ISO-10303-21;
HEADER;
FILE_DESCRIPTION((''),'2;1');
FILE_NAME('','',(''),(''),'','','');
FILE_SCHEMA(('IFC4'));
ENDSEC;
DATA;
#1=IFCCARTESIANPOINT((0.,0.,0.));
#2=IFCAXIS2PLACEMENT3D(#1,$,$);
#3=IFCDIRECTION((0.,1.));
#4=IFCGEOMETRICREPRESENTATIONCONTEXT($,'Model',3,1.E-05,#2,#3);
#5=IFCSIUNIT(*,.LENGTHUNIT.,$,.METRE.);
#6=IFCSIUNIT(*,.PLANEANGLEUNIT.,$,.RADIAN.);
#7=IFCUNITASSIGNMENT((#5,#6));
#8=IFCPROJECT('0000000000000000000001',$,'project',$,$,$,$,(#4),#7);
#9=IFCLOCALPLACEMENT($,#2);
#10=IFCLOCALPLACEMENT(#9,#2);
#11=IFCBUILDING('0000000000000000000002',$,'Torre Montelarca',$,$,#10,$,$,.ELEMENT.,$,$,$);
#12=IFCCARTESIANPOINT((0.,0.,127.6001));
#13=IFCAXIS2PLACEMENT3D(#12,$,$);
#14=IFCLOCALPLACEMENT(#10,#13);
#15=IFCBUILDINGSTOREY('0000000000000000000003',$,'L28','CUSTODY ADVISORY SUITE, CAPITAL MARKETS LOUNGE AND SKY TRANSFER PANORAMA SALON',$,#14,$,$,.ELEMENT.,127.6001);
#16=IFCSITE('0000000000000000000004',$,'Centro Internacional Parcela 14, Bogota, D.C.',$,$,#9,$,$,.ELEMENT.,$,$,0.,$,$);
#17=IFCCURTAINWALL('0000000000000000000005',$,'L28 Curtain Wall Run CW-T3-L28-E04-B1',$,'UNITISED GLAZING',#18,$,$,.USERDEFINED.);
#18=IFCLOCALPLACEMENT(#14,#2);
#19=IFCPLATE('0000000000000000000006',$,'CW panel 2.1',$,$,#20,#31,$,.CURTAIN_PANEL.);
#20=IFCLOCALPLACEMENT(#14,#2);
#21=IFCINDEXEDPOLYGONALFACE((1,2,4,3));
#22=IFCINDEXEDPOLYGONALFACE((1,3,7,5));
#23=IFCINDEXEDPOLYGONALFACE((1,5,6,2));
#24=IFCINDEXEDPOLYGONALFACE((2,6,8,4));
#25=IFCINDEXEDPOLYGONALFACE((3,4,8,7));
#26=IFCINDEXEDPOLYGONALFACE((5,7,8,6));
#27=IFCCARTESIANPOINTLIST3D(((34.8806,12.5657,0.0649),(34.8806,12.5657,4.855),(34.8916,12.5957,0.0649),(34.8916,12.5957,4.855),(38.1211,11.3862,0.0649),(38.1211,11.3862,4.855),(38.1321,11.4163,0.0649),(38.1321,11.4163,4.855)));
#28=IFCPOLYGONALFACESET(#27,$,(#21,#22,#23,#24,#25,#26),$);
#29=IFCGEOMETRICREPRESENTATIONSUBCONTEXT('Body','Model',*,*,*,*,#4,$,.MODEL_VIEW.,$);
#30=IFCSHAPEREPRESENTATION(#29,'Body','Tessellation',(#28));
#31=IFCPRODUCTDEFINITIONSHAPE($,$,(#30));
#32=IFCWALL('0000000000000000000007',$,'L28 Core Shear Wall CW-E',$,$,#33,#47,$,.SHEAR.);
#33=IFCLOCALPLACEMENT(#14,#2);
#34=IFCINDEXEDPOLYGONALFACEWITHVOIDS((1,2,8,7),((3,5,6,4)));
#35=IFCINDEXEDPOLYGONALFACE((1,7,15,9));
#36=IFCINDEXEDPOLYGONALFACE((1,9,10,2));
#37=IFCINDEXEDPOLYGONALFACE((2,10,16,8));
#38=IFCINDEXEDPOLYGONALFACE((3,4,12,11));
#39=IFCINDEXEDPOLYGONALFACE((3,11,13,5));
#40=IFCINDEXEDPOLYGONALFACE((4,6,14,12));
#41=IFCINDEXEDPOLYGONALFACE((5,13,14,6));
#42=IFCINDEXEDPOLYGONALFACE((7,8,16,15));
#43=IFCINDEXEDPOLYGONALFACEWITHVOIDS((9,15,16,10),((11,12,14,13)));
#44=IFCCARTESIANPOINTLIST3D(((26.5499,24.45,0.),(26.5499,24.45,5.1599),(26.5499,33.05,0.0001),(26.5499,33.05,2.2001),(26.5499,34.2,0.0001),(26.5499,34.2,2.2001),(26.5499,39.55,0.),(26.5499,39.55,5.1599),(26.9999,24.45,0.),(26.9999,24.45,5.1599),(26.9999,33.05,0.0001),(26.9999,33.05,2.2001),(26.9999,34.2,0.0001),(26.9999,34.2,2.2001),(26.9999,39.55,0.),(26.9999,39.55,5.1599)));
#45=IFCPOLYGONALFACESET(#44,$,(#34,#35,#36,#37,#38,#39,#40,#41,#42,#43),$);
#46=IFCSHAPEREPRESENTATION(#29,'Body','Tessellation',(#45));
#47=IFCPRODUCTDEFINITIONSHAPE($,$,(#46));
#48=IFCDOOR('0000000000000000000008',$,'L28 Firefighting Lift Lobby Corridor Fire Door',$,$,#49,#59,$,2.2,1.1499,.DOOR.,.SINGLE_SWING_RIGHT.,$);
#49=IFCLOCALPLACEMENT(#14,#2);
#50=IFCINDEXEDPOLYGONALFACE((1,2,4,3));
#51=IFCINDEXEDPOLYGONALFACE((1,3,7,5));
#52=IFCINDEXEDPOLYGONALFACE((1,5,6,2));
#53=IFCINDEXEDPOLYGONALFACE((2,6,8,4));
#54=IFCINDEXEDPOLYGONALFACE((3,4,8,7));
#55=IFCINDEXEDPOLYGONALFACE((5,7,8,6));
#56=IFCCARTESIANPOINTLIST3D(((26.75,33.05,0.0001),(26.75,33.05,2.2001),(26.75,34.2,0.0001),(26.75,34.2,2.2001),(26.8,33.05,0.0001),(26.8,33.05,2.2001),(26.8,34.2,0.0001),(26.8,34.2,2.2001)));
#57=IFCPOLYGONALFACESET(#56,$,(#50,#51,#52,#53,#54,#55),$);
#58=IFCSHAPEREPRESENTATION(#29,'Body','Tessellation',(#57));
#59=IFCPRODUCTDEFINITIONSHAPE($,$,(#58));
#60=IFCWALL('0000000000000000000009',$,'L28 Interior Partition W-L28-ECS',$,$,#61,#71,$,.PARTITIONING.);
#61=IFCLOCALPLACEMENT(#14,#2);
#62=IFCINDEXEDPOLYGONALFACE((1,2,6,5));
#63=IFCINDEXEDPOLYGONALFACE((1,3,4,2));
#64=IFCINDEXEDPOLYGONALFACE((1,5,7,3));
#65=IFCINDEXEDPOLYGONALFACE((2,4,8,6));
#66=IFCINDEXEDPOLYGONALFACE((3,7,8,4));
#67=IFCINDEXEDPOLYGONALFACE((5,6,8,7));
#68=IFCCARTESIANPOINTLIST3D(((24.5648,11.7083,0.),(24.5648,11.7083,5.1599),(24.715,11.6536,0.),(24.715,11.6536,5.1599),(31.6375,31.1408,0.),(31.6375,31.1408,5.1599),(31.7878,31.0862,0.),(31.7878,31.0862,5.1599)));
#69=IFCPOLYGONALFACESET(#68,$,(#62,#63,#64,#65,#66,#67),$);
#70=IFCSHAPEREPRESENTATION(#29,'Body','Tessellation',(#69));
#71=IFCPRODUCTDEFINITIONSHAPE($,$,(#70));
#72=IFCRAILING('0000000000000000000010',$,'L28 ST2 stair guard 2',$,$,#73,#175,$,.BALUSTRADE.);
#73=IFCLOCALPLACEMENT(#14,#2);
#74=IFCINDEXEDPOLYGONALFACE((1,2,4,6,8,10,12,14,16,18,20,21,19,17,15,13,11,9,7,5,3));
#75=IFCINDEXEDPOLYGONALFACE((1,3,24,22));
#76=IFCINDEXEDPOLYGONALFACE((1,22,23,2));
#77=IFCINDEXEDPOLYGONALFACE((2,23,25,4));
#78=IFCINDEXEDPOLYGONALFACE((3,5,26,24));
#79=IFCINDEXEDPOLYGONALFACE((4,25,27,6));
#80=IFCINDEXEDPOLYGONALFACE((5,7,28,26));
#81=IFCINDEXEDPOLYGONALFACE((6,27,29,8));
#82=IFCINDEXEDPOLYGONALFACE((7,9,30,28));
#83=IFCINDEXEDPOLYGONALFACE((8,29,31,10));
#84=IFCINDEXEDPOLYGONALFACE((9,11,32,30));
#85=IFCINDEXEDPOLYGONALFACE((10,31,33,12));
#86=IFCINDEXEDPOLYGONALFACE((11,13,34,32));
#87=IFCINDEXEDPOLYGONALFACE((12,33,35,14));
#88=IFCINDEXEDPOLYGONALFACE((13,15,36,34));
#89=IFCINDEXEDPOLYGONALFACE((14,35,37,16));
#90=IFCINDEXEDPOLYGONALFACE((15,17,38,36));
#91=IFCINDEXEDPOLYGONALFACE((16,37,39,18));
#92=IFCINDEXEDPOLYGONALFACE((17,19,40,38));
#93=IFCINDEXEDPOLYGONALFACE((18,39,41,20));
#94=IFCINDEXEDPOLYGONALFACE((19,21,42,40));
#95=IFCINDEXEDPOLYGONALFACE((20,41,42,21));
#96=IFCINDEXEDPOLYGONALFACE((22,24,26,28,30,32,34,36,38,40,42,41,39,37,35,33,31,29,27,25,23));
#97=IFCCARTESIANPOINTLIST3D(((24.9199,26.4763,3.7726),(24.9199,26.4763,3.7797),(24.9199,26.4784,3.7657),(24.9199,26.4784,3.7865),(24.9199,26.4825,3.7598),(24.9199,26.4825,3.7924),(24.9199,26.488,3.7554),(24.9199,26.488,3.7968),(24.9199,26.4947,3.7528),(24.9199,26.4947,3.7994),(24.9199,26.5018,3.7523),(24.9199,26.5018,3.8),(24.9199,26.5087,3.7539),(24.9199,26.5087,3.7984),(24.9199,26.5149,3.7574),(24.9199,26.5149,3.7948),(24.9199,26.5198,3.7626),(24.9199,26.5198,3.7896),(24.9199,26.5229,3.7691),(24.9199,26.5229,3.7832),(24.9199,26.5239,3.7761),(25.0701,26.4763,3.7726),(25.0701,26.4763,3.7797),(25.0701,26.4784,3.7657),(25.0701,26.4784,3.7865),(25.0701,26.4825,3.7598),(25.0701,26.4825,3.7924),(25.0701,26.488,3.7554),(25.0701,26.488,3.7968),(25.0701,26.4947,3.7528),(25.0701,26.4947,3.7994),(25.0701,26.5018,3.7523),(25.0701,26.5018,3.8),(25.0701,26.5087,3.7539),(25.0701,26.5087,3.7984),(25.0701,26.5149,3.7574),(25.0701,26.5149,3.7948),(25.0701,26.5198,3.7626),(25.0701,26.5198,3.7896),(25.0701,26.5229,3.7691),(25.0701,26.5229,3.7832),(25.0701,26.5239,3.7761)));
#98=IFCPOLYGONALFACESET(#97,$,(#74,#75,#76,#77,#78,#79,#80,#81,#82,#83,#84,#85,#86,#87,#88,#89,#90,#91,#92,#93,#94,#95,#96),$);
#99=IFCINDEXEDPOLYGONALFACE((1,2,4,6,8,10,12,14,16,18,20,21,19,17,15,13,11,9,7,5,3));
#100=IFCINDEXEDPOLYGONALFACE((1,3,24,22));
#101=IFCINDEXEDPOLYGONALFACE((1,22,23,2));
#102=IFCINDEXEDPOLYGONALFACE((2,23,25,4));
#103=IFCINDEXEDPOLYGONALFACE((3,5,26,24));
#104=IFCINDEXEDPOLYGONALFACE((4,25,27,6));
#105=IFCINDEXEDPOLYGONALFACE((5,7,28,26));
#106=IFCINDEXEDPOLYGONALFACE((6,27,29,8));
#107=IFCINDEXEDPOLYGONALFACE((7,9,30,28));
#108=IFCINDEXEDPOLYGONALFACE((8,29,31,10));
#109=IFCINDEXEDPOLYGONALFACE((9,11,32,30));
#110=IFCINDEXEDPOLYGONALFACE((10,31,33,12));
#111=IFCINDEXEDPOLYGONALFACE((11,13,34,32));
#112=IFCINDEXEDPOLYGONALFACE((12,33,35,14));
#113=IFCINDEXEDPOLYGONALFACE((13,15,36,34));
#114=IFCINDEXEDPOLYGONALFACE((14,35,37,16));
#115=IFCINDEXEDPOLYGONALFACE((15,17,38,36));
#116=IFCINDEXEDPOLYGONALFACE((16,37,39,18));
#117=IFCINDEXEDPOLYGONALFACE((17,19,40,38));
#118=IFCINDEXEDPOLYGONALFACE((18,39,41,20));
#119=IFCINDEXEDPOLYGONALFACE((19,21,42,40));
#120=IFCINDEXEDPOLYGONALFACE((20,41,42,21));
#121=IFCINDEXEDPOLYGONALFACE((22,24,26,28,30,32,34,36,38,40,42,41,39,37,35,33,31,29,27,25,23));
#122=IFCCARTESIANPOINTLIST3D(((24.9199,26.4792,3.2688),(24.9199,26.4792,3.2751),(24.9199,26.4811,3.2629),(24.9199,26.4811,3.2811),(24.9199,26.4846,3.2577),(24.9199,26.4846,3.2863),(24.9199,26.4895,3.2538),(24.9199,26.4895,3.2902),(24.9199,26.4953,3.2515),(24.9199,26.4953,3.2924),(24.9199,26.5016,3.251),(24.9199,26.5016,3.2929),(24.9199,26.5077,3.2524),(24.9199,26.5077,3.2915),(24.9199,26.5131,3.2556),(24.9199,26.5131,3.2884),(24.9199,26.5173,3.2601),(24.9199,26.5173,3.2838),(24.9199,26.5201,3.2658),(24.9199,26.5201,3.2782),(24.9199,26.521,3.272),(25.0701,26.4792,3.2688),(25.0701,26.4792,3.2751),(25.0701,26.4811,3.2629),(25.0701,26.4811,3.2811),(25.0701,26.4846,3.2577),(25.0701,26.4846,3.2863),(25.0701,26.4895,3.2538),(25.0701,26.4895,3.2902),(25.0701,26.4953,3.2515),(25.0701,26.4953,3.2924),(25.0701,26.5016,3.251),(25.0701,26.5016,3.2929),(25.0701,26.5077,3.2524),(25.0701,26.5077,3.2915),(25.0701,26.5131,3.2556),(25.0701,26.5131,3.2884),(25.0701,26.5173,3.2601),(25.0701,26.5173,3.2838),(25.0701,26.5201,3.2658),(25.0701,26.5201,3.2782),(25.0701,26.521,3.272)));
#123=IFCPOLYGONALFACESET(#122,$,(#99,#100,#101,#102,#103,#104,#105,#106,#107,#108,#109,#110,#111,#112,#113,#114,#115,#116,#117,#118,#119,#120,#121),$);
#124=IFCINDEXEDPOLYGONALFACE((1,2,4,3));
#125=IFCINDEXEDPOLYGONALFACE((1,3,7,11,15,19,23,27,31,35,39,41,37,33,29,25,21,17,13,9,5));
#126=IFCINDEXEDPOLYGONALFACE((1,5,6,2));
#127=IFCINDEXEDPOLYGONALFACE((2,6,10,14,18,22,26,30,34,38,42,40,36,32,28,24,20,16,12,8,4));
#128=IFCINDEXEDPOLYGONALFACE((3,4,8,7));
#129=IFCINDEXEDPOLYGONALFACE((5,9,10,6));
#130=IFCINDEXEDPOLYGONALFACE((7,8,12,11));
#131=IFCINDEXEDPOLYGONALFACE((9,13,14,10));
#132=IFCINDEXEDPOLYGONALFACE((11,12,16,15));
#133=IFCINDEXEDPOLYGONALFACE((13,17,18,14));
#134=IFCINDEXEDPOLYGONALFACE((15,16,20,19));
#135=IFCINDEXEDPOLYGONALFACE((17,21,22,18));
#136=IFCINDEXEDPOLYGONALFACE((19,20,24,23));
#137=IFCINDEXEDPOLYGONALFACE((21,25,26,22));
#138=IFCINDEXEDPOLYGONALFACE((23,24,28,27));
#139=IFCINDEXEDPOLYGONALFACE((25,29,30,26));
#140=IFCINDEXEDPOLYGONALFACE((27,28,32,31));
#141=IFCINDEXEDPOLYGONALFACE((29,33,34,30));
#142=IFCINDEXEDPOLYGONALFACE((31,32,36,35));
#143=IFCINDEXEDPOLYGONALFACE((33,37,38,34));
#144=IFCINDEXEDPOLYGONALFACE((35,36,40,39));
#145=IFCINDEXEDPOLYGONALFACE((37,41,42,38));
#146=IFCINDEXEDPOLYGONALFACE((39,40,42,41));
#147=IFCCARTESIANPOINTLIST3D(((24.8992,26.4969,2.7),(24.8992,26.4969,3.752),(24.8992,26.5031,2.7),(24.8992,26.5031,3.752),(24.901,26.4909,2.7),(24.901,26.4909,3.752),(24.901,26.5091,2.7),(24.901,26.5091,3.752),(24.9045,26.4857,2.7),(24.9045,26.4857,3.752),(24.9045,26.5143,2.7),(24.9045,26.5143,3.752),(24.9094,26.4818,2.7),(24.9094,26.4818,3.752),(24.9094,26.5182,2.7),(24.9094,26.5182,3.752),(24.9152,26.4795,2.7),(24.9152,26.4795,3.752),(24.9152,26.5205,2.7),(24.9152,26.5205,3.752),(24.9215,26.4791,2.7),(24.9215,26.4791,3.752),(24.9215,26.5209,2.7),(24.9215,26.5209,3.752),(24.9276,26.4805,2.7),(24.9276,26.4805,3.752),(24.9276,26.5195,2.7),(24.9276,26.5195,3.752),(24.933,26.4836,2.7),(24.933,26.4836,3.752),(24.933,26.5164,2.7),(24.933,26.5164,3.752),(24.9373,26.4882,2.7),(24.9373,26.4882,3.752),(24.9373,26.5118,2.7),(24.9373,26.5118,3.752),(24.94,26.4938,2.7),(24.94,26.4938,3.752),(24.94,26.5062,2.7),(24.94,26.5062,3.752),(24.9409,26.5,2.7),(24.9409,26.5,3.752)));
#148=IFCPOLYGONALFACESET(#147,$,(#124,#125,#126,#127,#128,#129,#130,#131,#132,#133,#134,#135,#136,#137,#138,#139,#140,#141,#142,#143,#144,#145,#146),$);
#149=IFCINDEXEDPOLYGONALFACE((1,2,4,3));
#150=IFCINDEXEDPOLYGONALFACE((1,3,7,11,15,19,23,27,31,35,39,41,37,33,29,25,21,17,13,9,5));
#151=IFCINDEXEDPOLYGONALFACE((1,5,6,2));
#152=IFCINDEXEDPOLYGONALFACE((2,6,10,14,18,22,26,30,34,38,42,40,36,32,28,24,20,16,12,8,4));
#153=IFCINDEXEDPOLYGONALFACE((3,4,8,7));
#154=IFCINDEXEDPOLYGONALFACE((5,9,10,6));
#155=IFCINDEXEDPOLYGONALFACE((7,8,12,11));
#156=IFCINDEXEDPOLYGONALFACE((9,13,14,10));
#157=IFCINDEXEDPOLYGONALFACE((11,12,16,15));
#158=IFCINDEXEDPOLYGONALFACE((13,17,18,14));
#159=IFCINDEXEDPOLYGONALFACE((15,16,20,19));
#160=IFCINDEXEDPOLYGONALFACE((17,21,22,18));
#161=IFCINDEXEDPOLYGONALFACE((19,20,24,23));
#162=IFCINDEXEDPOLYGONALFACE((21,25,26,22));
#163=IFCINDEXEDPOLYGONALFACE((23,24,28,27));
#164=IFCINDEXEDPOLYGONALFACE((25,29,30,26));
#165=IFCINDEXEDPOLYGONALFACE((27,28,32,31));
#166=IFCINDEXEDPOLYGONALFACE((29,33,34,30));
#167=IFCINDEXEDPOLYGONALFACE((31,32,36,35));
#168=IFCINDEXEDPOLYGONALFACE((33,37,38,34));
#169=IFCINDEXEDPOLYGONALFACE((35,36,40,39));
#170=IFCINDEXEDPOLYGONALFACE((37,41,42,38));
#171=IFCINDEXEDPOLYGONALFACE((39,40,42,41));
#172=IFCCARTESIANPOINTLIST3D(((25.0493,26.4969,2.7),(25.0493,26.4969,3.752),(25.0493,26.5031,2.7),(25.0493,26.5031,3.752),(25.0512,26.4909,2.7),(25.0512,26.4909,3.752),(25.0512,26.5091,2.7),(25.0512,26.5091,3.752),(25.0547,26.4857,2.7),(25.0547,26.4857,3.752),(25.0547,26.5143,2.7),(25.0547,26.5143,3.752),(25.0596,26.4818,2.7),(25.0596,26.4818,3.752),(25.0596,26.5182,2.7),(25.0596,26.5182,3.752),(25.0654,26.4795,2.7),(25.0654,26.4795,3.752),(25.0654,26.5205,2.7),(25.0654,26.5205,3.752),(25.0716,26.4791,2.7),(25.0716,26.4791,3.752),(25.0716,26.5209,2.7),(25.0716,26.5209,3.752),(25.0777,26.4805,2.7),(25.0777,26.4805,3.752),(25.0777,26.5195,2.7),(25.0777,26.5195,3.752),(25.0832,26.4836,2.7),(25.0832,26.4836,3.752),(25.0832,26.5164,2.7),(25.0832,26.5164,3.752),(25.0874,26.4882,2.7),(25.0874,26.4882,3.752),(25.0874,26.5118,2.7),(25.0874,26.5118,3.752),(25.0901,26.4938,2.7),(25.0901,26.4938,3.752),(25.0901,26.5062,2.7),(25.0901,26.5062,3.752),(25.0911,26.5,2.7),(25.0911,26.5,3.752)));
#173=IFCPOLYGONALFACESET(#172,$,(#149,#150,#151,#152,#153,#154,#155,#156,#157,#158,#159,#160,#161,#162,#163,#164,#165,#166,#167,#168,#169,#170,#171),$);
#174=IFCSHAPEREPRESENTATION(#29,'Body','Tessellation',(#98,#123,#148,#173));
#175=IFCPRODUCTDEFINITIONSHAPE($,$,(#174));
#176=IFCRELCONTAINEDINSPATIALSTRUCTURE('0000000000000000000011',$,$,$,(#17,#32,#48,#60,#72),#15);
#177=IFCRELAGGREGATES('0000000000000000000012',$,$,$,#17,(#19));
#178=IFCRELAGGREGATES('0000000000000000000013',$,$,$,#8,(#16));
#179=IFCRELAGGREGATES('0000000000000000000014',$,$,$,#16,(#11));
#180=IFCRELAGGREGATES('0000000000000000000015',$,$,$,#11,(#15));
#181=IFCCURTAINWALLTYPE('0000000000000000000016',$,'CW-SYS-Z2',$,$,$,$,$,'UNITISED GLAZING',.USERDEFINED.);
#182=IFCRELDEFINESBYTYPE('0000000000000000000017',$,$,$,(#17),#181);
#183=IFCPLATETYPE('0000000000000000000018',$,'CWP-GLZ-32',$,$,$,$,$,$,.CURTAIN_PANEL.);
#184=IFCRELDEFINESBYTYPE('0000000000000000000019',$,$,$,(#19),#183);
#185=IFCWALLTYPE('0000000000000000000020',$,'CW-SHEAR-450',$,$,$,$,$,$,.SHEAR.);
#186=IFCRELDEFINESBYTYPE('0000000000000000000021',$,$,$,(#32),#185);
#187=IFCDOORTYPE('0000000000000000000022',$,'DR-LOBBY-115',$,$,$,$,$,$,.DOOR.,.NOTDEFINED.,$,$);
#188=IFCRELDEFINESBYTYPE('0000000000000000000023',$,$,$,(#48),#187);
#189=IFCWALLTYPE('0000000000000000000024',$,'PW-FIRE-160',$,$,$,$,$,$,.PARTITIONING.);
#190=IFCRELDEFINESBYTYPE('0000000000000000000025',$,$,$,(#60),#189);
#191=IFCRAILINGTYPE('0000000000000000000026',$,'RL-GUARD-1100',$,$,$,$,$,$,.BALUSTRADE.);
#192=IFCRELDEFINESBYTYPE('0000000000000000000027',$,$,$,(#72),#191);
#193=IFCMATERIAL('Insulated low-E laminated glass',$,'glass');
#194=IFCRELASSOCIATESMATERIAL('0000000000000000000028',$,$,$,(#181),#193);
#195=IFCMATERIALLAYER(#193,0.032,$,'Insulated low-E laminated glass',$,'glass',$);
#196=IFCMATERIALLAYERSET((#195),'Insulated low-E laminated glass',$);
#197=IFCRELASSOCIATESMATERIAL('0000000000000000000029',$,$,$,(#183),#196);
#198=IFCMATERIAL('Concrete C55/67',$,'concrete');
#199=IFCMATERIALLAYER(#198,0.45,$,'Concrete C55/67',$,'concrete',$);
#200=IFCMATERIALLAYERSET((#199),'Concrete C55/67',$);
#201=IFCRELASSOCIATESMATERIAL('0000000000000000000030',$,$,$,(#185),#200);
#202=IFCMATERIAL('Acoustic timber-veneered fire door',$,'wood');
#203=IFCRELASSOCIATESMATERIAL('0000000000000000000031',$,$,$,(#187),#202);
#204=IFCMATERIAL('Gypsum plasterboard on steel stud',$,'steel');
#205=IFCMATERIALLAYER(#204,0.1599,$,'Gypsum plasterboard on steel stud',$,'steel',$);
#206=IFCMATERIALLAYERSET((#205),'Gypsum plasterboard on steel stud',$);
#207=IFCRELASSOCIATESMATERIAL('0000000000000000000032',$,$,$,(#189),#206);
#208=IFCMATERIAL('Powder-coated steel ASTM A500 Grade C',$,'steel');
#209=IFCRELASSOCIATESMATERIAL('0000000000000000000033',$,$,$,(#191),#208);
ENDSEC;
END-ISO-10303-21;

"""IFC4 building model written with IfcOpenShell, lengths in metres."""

from ifc_helpers import new_model, si_unit, direction, frame, frame_2d, origin, origin_2d, place, context, subcontext, project, spatial, rectangle, circle, extrude, source, transform, mapped, material, layer, layer_set, type_object, element, fill, aggregate, save


model = new_model("IFC4")

# Units and contexts
model_context = context("Model", 3, precision=1e-05, world=origin(), true_north=direction((0.0, 1.0)))
body_context = subcontext(model_context, "Body", "Model", "MODEL_VIEW")
ifc_project = project(units=[si_unit("LENGTHUNIT", "METRE"), si_unit("PLANEANGLEUNIT", "RADIAN")], contexts=[model_context])

# Site, building, storey
site_placement = place(None, origin())
site = spatial("IfcSite", under=ifc_project, at=site_placement, Name="Centro Internacional Parcela 14, Bogota, D.C.", CompositionType="ELEMENT", RefElevation=0.0)
building_placement = place(site_placement, origin())
building = spatial("IfcBuilding", under=site, at=building_placement, Name="Torre Montelarca", CompositionType="ELEMENT")
storey_placement = place(building_placement, frame((0.0, 0.0, 127.6001)))
storey = spatial("IfcBuildingStorey", under=building, at=storey_placement, Name="L28", Description="CUSTODY ADVISORY SUITE, CAPITAL MARKETS LOUNGE AND SKY TRANSFER PANORAMA SALON", CompositionType="ELEMENT", Elevation=127.6001)

# Shared definitions
ifc_material_1 = material(Name="Concrete C55/67", Category="concrete")

# Shared definitions
ifc_material_2 = material(Name="Insulated low-E laminated glass", Category="glass")
curtain_wall_type = type_object("IfcCurtainWallType", Name="CW-SYS-Z2", ElementType="UNITISED GLAZING", PredefinedType="USERDEFINED", material=ifc_material_2)

# Curtain wall
curtain_wall_1_placement = place(storey_placement, origin())
curtain_wall_1 = element("IfcCurtainWall", 1, at=curtain_wall_1_placement, inside=storey, type_object=curtain_wall_type, Name="L28 Curtain Wall Run CW-T3-L28-E04-B1", ObjectType="UNITISED GLAZING", PredefinedType="USERDEFINED")

# Plate
ifc_layer_1 = layer(ifc_material_2, 0.032, Name="Insulated low-E laminated glass", Category="glass")
ifc_layer_set_1 = layer_set([ifc_layer_1], Name="Insulated low-E laminated glass")
plate_type = type_object("IfcPlateType", Name="CWP-GLZ-32", PredefinedType="CURTAIN_PANEL", material=ifc_layer_set_1)
shared_shape_1 = source(origin(), body_context, "Body", "SweptSolid", [
    extrude(rectangle(XDim=3.4485, YDim=0.032, at=origin_2d()), origin(), (0.0, 0.0, 1.0), 4.79),
])
plate_1_placement = place(storey_placement, frame((36.5063, 11.991, 0.0649), z_axis=(0.0, 0.0, 1.0), x_axis=(0.939695, -0.342015, 0.0)))
plate_1 = element("IfcPlate", 2, at=plate_1_placement, type_object=plate_type, Name="CW panel 2.1", PredefinedType="CURTAIN_PANEL", context=body_context, shape_type="MappedRepresentation", body=[
    mapped(shared_shape_1, transform((0.0, 0.0, 0.0), scale=1.0)),
])
aggregate(curtain_wall_1, [plate_1])

# Wall, opening, door
ifc_layer_2 = layer(ifc_material_1, 0.45, Name="Concrete C55/67", Category="concrete")
ifc_layer_set_2 = layer_set([ifc_layer_2], Name="Concrete C55/67")
wall_type_1 = type_object("IfcWallType", Name="CW-SHEAR-450", PredefinedType="SHEAR", material=ifc_layer_set_2)
wall_1_placement = place(storey_placement, frame((26.7749, 24.45, 0.0), z_axis=(0.0, 0.0, 1.0), x_axis=(0.0, 1.0, 0.0)))
wall_1 = element("IfcWall", 3, at=wall_1_placement, inside=storey, type_object=wall_type_1, Name="L28 Core Shear Wall CW-E", PredefinedType="SHEAR", context=body_context, shape_type="SweptSolid", body=[
    extrude(rectangle(XDim=15.1001, YDim=0.45, at=frame_2d((7.55, 0.0))), origin(), (0.0, 0.0, 1.0), 5.1599),
])
opening_placement = place(wall_1_placement, frame((8.6001, 0.0, 0.0)))
opening = element("IfcOpeningElement", 4, at=opening_placement, cuts=wall_1, PredefinedType="OPENING", context=body_context, shape_type="SweptSolid", body=[
    extrude(rectangle(XDim=1.1499, YDim=2.2, at=frame_2d((0.575, 1.1001))), frame((0.0, 0.2349, 0.0), z_axis=(0.0, -1.0, 0.0), x_axis=(1.0, 0.0, 0.0)), (0.0, 0.0, 1.0), 0.47),
])
ifc_material_3 = material(Name="Acoustic timber-veneered fire door", Category="wood")
door_type = type_object("IfcDoorType", Name="DR-LOBBY-115", OperationType="NOTDEFINED", PredefinedType="DOOR", material=ifc_material_3)
shared_shape_2 = source(origin(), body_context, "Body", "SweptSolid", [
    extrude(rectangle(XDim=1.1499, YDim=2.2, at=frame_2d((0.575, 1.1001))), frame((0.0, 0.0249, 0.0), z_axis=(0.0, -1.0, 0.0), x_axis=(1.0, 0.0, 0.0)), (0.0, 0.0, 1.0), 0.05),
])
door_placement = place(opening_placement, origin())
door = element("IfcDoor", 5, at=door_placement, inside=storey, type_object=door_type, Name="L28 Firefighting Lift Lobby Corridor Fire Door", OperationType="SINGLE_SWING_RIGHT", OverallHeight=2.2, OverallWidth=1.1499, PredefinedType="DOOR", context=body_context, shape_type="MappedRepresentation", body=[
    mapped(shared_shape_2, transform((0.0, 0.0, 0.0), scale=1.0)),
])
fill(opening, door)

# Wall
ifc_material_4 = material(Name="Gypsum plasterboard on steel stud", Category="steel")
ifc_layer_3 = layer(ifc_material_4, 0.1599, Name="Gypsum plasterboard on steel stud", Category="steel")
ifc_layer_set_3 = layer_set([ifc_layer_3], Name="Gypsum plasterboard on steel stud")
wall_type_2 = type_object("IfcWallType", Name="PW-FIRE-160", PredefinedType="PARTITIONING", material=ifc_layer_set_3)
wall_2_placement = place(storey_placement, frame((24.6399, 11.6809, 0.0), z_axis=(0.0, 0.0, 1.0), x_axis=(0.342014, 0.939695, 0.0)))
element("IfcWall", 6, at=wall_2_placement, inside=storey, type_object=wall_type_2, Name="L28 Interior Partition W-L28-ECS", PredefinedType="PARTITIONING", context=body_context, shape_type="SweptSolid", body=[
    extrude(rectangle(XDim=20.6797, YDim=0.1599, at=frame_2d((10.3398, 0.0))), origin(), (0.0, 0.0, 1.0), 5.1599),
])

# Railing
ifc_material_5 = material(Name="Powder-coated steel ASTM A500 Grade C", Category="steel")
railing_type = type_object("IfcRailingType", Name="RL-GUARD-1100", PredefinedType="BALUSTRADE", material=ifc_material_5)
railing_1_placement = place(storey_placement, frame((24.9199, 26.5, 2.7)))
element("IfcRailing", 7, at=railing_1_placement, inside=storey, type_object=railing_type, Name="L28 ST2 stair guard 2", PredefinedType="BALUSTRADE", context=body_context, shape_type="SweptSolid", body=[
    extrude(circle(Radius=0.0239, at=origin_2d()), frame((0.0, 0.0, 1.0762), z_axis=(1.0, 0.0, 0.0), x_axis=(0.0, 1.0, 0.0)), (0.0, 0.0, 1.0), 0.1501),
    extrude(circle(Radius=0.021, at=origin_2d()), frame((0.0, 0.0, 0.572), z_axis=(1.0, 0.0, 0.0), x_axis=(0.0, 1.0, 0.0)), (0.0, 0.0, 1.0), 0.1501),
    extrude(circle(Radius=0.021, at=origin_2d()), origin(), (0.0, 0.0, 1.0), 1.052),
    extrude(circle(Radius=0.021, at=origin_2d()), frame((0.1501, 0.0, 0.0)), (0.0, 0.0, 1.0), 1.052),
])

save(model, "model.ifc")
